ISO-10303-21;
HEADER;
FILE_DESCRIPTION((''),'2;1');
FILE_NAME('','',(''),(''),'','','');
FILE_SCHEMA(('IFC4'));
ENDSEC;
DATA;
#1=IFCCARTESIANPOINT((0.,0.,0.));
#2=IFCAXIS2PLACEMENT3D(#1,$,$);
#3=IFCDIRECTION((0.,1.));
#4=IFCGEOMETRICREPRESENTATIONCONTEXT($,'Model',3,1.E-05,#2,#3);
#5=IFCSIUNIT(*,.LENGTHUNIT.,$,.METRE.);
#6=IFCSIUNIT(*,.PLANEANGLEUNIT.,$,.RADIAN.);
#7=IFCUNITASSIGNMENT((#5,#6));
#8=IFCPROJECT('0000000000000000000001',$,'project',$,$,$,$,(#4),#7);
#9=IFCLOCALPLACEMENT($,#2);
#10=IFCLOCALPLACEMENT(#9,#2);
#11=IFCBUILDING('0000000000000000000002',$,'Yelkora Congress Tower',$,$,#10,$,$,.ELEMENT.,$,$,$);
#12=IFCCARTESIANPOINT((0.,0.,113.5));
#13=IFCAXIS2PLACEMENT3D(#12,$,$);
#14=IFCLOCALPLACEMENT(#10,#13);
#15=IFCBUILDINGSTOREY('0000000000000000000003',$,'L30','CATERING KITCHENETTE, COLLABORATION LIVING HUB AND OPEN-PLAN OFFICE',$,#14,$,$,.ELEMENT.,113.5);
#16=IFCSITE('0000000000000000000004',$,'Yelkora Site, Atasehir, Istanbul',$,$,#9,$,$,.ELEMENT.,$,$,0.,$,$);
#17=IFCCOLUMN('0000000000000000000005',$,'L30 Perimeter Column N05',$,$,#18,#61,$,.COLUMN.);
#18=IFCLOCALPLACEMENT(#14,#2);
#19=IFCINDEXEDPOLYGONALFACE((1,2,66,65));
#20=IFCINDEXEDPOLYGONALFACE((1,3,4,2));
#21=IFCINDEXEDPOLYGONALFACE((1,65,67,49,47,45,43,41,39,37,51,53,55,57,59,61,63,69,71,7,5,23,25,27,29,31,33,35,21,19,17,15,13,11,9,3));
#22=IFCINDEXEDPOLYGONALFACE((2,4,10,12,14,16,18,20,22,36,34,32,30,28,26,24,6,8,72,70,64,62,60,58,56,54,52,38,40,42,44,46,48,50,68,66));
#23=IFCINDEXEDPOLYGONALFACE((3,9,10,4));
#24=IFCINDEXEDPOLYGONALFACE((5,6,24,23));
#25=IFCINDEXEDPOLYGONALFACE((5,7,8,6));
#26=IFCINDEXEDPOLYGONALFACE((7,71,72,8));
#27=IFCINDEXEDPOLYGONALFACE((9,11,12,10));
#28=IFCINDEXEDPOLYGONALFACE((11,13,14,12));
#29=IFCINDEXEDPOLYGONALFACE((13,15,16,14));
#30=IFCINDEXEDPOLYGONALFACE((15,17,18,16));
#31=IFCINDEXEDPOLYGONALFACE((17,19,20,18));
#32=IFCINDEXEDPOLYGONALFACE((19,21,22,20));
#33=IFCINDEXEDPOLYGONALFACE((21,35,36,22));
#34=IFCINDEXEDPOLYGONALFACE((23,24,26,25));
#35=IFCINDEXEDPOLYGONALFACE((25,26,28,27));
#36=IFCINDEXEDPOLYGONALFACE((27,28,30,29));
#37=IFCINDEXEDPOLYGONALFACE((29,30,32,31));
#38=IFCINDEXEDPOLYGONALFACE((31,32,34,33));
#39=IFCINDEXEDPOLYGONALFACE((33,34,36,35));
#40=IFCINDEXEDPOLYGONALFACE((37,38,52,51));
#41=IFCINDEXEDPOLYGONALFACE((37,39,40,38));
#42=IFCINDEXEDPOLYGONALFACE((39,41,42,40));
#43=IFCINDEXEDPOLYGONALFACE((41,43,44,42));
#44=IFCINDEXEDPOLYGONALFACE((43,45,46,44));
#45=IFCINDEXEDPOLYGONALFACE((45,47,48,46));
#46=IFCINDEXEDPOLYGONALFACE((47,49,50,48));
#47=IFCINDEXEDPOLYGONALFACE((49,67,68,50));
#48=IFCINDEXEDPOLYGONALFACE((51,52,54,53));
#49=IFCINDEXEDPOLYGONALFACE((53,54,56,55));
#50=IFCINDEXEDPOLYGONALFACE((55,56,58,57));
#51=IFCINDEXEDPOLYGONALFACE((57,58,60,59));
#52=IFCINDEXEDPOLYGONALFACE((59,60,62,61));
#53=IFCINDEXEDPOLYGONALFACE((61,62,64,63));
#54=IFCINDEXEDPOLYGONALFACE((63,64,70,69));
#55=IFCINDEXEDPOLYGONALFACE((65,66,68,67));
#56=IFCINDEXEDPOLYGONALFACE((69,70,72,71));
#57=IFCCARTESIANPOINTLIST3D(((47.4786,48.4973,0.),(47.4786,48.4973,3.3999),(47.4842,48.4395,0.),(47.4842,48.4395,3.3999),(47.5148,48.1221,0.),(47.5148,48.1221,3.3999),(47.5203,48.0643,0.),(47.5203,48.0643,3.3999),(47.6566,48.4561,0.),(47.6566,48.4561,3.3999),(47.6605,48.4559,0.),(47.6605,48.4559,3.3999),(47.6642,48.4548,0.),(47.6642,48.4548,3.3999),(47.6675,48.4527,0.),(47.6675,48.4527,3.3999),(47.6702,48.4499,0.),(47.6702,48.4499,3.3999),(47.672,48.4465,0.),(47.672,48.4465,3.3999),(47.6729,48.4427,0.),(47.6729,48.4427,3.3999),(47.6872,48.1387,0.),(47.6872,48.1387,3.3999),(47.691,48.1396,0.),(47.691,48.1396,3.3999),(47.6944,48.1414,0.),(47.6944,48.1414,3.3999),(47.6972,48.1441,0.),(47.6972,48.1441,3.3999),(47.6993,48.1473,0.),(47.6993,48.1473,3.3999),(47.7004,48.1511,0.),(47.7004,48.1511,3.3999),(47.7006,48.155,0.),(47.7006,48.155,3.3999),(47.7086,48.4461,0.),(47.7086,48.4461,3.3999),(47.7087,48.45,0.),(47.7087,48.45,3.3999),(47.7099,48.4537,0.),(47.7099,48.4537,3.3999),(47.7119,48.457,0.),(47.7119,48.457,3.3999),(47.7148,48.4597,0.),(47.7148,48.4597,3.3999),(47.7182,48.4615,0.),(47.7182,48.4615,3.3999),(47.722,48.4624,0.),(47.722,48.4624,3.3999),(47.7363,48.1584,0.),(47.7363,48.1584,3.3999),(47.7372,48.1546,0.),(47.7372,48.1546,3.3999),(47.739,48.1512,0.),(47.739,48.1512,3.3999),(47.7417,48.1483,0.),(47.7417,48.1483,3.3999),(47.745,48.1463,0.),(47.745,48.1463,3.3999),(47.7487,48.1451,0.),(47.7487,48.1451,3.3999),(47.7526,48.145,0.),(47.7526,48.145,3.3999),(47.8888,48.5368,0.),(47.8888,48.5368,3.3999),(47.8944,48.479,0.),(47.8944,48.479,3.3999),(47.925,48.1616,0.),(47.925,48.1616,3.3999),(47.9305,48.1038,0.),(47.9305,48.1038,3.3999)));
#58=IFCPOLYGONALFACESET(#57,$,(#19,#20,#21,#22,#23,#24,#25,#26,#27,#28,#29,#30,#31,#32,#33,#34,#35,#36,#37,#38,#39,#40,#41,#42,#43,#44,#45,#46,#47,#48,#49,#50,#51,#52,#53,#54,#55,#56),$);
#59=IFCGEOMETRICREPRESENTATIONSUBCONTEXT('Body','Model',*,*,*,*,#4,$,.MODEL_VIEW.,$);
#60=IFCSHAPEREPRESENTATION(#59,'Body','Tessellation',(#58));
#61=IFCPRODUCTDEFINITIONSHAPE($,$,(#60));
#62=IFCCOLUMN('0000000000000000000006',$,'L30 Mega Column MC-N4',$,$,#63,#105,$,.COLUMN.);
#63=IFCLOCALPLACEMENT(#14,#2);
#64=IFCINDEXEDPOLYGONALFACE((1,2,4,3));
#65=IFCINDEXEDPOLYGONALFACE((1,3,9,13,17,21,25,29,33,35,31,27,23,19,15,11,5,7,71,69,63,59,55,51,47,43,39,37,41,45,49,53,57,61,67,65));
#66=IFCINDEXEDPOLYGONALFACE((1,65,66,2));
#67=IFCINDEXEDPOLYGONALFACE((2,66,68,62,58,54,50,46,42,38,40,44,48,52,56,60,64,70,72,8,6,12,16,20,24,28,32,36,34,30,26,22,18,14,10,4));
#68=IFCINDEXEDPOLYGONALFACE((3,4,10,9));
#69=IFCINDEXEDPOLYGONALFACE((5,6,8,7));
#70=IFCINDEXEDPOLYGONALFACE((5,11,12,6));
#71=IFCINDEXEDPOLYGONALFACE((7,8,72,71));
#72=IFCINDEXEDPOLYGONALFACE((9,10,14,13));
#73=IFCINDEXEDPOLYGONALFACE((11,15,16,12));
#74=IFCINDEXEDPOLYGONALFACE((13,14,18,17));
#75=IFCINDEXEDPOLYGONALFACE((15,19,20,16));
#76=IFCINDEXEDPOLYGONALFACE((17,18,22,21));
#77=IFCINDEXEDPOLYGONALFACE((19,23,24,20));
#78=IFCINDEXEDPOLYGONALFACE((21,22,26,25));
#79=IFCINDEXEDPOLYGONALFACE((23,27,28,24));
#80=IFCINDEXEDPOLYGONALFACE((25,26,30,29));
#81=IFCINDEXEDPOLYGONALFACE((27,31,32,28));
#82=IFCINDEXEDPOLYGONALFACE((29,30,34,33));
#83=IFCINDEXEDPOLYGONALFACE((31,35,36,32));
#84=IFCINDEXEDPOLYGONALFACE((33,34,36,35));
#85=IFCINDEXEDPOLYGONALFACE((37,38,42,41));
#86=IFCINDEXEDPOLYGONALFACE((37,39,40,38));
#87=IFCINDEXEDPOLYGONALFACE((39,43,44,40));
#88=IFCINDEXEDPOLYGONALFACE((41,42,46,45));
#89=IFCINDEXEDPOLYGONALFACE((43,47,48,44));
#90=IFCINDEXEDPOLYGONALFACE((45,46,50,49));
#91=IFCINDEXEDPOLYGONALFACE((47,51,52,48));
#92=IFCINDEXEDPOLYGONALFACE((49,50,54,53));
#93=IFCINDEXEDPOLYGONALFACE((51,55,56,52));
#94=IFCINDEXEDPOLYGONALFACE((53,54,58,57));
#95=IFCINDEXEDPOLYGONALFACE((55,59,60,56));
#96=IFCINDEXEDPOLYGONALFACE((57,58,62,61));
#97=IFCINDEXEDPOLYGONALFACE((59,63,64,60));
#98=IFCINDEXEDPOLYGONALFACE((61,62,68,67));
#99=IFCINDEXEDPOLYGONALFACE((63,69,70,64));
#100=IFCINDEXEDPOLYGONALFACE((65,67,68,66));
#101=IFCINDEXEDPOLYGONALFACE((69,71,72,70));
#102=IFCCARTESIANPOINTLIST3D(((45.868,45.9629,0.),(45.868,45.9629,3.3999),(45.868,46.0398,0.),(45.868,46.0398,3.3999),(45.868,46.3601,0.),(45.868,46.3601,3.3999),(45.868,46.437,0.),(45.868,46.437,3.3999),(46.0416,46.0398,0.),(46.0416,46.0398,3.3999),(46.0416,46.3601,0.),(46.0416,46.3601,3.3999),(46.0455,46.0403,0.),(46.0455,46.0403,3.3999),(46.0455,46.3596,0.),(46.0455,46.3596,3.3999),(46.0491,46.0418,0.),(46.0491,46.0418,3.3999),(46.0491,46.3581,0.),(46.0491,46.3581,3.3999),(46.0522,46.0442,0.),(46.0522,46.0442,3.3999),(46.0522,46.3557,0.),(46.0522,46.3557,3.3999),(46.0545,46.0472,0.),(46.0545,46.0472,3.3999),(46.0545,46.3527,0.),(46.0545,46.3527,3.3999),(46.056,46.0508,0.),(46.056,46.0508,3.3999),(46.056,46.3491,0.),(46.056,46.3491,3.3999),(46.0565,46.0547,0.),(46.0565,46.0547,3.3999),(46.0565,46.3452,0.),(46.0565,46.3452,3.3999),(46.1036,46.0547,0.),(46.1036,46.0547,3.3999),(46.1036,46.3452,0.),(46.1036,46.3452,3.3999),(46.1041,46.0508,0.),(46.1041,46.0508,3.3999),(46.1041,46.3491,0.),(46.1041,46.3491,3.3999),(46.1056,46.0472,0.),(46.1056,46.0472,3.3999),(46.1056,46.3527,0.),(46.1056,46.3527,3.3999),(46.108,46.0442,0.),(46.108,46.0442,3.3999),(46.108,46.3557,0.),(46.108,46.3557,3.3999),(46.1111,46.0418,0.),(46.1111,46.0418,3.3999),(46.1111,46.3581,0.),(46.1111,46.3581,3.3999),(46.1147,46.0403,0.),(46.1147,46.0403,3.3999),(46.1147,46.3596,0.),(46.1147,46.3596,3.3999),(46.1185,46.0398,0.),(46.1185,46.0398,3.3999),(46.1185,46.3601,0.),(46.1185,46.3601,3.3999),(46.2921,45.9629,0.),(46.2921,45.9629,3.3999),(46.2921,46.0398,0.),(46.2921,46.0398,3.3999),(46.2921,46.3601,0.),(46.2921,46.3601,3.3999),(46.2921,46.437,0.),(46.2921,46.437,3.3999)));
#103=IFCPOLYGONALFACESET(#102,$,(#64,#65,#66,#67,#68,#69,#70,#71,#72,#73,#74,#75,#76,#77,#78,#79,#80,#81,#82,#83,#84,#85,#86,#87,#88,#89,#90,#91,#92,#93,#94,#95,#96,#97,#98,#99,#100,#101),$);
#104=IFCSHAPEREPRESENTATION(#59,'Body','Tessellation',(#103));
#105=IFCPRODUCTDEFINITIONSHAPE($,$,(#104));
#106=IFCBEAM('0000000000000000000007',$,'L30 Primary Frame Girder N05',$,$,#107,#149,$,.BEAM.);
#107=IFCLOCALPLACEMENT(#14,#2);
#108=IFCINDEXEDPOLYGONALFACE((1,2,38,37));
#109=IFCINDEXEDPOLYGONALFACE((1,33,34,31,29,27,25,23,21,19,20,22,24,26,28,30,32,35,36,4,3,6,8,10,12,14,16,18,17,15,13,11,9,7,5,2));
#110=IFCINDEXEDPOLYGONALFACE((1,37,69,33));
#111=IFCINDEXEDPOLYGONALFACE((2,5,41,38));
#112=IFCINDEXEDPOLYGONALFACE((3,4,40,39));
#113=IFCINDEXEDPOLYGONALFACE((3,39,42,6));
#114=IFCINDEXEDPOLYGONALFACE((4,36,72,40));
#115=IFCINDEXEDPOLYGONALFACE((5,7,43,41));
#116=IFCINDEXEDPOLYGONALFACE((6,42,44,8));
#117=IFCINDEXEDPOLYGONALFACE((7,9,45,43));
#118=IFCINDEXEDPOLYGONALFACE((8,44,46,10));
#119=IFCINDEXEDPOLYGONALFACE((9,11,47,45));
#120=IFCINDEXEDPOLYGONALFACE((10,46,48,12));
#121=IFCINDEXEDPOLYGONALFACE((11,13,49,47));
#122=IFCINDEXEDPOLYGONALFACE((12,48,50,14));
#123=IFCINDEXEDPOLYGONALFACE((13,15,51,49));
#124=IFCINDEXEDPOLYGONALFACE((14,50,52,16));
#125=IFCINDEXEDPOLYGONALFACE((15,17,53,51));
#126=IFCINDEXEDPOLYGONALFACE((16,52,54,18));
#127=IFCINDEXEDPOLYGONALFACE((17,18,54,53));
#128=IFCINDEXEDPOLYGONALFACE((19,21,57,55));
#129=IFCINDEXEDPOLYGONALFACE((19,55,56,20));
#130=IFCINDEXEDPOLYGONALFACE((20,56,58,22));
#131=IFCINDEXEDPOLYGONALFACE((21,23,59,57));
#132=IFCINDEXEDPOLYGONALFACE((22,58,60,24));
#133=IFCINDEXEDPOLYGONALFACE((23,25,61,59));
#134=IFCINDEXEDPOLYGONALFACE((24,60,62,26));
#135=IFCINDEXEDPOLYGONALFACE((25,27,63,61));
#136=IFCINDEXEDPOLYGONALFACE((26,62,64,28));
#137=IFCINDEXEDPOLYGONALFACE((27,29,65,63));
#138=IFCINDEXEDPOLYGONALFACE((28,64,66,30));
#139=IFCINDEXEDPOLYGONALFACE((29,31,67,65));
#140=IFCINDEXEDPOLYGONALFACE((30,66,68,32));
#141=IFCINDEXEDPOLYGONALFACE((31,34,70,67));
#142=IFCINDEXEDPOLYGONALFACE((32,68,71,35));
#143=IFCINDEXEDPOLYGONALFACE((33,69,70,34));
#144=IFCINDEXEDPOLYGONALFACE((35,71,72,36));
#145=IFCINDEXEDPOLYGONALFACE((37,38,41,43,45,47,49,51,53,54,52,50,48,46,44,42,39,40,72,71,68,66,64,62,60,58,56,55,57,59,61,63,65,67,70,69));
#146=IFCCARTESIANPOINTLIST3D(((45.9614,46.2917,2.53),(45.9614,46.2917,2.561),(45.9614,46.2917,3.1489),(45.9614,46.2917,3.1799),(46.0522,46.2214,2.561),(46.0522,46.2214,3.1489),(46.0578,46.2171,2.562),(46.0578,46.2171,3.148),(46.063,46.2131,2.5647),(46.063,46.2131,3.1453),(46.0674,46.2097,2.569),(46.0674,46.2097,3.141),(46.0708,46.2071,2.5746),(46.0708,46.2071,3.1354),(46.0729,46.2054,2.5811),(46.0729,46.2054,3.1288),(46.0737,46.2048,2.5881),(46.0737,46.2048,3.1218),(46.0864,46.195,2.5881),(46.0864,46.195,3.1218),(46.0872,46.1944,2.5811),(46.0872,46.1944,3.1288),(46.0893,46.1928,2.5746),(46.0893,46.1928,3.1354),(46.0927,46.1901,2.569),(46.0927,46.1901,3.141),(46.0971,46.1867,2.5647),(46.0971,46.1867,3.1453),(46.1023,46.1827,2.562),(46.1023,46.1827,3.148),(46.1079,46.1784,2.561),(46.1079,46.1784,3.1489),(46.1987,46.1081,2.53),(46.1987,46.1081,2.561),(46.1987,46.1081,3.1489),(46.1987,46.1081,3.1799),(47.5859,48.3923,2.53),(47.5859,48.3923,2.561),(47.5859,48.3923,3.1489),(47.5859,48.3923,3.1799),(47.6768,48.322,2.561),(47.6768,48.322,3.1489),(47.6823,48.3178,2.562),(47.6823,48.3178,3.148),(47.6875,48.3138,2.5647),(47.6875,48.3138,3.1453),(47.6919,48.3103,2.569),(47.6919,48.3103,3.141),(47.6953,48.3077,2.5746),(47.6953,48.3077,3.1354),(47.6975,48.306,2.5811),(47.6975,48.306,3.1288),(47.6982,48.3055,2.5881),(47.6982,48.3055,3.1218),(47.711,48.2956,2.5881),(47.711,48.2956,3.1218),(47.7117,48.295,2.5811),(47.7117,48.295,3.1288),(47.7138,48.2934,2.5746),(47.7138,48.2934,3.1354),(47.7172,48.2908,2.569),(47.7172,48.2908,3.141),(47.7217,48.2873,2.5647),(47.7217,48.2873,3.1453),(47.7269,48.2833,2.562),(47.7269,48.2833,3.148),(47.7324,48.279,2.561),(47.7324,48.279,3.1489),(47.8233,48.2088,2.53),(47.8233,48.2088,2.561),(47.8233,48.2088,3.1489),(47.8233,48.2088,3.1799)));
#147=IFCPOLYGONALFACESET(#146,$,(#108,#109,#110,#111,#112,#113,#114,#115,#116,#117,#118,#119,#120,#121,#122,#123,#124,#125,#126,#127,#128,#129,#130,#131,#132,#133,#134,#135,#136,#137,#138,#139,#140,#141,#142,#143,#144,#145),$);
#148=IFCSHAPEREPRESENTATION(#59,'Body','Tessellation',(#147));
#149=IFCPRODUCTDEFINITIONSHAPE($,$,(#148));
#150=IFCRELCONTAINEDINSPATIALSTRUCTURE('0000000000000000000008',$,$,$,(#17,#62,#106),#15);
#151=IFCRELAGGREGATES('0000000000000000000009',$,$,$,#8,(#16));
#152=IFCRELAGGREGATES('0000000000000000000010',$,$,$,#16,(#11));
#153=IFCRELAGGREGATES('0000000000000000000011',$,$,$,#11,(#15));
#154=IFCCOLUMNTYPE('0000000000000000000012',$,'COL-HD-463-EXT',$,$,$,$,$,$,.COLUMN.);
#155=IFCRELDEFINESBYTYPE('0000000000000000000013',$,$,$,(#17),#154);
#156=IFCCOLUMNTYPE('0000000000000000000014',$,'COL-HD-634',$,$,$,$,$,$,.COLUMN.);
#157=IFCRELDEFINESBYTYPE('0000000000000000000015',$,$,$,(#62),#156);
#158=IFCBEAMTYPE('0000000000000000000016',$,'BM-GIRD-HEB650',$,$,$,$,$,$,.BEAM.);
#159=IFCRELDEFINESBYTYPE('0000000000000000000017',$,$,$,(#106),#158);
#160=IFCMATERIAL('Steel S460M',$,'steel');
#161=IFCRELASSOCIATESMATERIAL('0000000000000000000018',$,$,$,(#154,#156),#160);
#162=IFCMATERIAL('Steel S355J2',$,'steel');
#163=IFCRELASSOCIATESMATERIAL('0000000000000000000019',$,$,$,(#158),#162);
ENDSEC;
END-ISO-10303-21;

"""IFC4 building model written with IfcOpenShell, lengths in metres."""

from ifc_helpers import new_model, si_unit, direction, frame, origin, origin_2d, place, context, subcontext, project, spatial, i_section, extrude, material, material_profile, profile_set, type_object, element, save


model = new_model("IFC4")

# Units and contexts
model_context = context("Model", 3, precision=1e-05, world=origin(), true_north=direction((0.0, 1.0)))
body_context = subcontext(model_context, "Body", "Model", "MODEL_VIEW")
ifc_project = project(units=[si_unit("LENGTHUNIT", "METRE"), si_unit("PLANEANGLEUNIT", "RADIAN")], contexts=[model_context])

# Site, building, storey
site_placement = place(None, origin())
site = spatial("IfcSite", under=ifc_project, at=site_placement, Name="Yelkora Site, Atasehir, Istanbul", CompositionType="ELEMENT", RefElevation=0.0)
building_placement = place(site_placement, origin())
building = spatial("IfcBuilding", under=site, at=building_placement, Name="Yelkora Congress Tower", CompositionType="ELEMENT")
storey_placement = place(building_placement, frame((0.0, 0.0, 113.5)))
storey = spatial("IfcBuildingStorey", under=building, at=storey_placement, Name="L30", Description="CATERING KITCHENETTE, COLLABORATION LIVING HUB AND OPEN-PLAN OFFICE", CompositionType="ELEMENT", Elevation=113.5)

# Columns
ifc_material_1 = material(Name="Steel S460M", Category="steel")
ifc_material_profile_1 = material_profile(ifc_material_1, i_section(OverallWidth=0.4121, OverallDepth=0.4351, WebThickness=0.0359, FlangeThickness=0.0581, FilletRadius=0.0149, at=origin_2d()), Name="HD 400x463")
ifc_profile_set_1 = profile_set([ifc_material_profile_1], Name="Steel S460M")
column_type_1 = type_object("IfcColumnType", Name="COL-HD-463-EXT", PredefinedType="COLUMN", material=ifc_profile_set_1)
column_1_placement = place(storey_placement, frame((47.7046, 48.3005, 0.0), z_axis=(0.0, 0.0, 1.0), x_axis=(0.995396, 0.095846, 0.0)))
element("IfcColumn", 1, at=column_1_placement, inside=storey, type_object=column_type_1, Name="L30 Perimeter Column N05", PredefinedType="COLUMN", context=body_context, shape_type="SweptSolid", body=[
    extrude(i_section(OverallWidth=0.4121, OverallDepth=0.4351, WebThickness=0.0359, FlangeThickness=0.0581, FilletRadius=0.0149, at=origin_2d()), origin(), (0.0, 0.0, 1.0), 3.3999),
])
ifc_material_profile_2 = material_profile(ifc_material_1, i_section(OverallWidth=0.4241, OverallDepth=0.4741, WebThickness=0.0471, FlangeThickness=0.0769, FilletRadius=0.0149, at=origin_2d()), Name="HD 400x634")
ifc_profile_set_2 = profile_set([ifc_material_profile_2], Name="Steel S460M")
column_type_2 = type_object("IfcColumnType", Name="COL-HD-634", PredefinedType="COLUMN", material=ifc_profile_set_2)
column_2_placement = place(storey_placement, frame((46.0801, 46.2, 0.0), z_axis=(0.0, 0.0, 1.0), x_axis=(1.0, 0.0, 0.0)))
element("IfcColumn", 2, at=column_2_placement, inside=storey, type_object=column_type_2, Name="L30 Mega Column MC-N4", PredefinedType="COLUMN", context=body_context, shape_type="SweptSolid", body=[
    extrude(i_section(OverallWidth=0.4241, OverallDepth=0.4741, WebThickness=0.0471, FlangeThickness=0.0769, FilletRadius=0.0149, at=origin_2d()), origin(), (0.0, 0.0, 1.0), 3.3999),
])

# Beam
ifc_material_2 = material(Name="Steel S355J2", Category="steel")
ifc_material_profile_3 = material_profile(ifc_material_2, i_section(OverallWidth=0.3, OverallDepth=0.6499, WebThickness=0.0161, FlangeThickness=0.031, FilletRadius=0.0271, at=origin_2d()), Name="HEB 650")
ifc_profile_set_3 = profile_set([ifc_material_profile_3], Name="Steel S355J2")
beam_type_1 = type_object("IfcBeamType", Name="BM-GIRD-HEB650", PredefinedType="BEAM", material=ifc_profile_set_3)
beam_1_placement = place(storey_placement, frame((47.7046, 48.3005, 2.855), z_axis=(-0.611761, -0.791042, 0.0), x_axis=(0.791042, -0.611761, 0.0)))
element("IfcBeam", 3, at=beam_1_placement, inside=storey, type_object=beam_type_1, Name="L30 Primary Frame Girder N05", PredefinedType="BEAM", context=body_context, shape_type="SweptSolid", body=[
    extrude(i_section(OverallWidth=0.3, OverallDepth=0.6499, WebThickness=0.0161, FlangeThickness=0.031, FilletRadius=0.0271, at=origin_2d()), origin(), (0.0, 0.0, 1.0), 2.6555),
])

save(model, "model.ifc")
